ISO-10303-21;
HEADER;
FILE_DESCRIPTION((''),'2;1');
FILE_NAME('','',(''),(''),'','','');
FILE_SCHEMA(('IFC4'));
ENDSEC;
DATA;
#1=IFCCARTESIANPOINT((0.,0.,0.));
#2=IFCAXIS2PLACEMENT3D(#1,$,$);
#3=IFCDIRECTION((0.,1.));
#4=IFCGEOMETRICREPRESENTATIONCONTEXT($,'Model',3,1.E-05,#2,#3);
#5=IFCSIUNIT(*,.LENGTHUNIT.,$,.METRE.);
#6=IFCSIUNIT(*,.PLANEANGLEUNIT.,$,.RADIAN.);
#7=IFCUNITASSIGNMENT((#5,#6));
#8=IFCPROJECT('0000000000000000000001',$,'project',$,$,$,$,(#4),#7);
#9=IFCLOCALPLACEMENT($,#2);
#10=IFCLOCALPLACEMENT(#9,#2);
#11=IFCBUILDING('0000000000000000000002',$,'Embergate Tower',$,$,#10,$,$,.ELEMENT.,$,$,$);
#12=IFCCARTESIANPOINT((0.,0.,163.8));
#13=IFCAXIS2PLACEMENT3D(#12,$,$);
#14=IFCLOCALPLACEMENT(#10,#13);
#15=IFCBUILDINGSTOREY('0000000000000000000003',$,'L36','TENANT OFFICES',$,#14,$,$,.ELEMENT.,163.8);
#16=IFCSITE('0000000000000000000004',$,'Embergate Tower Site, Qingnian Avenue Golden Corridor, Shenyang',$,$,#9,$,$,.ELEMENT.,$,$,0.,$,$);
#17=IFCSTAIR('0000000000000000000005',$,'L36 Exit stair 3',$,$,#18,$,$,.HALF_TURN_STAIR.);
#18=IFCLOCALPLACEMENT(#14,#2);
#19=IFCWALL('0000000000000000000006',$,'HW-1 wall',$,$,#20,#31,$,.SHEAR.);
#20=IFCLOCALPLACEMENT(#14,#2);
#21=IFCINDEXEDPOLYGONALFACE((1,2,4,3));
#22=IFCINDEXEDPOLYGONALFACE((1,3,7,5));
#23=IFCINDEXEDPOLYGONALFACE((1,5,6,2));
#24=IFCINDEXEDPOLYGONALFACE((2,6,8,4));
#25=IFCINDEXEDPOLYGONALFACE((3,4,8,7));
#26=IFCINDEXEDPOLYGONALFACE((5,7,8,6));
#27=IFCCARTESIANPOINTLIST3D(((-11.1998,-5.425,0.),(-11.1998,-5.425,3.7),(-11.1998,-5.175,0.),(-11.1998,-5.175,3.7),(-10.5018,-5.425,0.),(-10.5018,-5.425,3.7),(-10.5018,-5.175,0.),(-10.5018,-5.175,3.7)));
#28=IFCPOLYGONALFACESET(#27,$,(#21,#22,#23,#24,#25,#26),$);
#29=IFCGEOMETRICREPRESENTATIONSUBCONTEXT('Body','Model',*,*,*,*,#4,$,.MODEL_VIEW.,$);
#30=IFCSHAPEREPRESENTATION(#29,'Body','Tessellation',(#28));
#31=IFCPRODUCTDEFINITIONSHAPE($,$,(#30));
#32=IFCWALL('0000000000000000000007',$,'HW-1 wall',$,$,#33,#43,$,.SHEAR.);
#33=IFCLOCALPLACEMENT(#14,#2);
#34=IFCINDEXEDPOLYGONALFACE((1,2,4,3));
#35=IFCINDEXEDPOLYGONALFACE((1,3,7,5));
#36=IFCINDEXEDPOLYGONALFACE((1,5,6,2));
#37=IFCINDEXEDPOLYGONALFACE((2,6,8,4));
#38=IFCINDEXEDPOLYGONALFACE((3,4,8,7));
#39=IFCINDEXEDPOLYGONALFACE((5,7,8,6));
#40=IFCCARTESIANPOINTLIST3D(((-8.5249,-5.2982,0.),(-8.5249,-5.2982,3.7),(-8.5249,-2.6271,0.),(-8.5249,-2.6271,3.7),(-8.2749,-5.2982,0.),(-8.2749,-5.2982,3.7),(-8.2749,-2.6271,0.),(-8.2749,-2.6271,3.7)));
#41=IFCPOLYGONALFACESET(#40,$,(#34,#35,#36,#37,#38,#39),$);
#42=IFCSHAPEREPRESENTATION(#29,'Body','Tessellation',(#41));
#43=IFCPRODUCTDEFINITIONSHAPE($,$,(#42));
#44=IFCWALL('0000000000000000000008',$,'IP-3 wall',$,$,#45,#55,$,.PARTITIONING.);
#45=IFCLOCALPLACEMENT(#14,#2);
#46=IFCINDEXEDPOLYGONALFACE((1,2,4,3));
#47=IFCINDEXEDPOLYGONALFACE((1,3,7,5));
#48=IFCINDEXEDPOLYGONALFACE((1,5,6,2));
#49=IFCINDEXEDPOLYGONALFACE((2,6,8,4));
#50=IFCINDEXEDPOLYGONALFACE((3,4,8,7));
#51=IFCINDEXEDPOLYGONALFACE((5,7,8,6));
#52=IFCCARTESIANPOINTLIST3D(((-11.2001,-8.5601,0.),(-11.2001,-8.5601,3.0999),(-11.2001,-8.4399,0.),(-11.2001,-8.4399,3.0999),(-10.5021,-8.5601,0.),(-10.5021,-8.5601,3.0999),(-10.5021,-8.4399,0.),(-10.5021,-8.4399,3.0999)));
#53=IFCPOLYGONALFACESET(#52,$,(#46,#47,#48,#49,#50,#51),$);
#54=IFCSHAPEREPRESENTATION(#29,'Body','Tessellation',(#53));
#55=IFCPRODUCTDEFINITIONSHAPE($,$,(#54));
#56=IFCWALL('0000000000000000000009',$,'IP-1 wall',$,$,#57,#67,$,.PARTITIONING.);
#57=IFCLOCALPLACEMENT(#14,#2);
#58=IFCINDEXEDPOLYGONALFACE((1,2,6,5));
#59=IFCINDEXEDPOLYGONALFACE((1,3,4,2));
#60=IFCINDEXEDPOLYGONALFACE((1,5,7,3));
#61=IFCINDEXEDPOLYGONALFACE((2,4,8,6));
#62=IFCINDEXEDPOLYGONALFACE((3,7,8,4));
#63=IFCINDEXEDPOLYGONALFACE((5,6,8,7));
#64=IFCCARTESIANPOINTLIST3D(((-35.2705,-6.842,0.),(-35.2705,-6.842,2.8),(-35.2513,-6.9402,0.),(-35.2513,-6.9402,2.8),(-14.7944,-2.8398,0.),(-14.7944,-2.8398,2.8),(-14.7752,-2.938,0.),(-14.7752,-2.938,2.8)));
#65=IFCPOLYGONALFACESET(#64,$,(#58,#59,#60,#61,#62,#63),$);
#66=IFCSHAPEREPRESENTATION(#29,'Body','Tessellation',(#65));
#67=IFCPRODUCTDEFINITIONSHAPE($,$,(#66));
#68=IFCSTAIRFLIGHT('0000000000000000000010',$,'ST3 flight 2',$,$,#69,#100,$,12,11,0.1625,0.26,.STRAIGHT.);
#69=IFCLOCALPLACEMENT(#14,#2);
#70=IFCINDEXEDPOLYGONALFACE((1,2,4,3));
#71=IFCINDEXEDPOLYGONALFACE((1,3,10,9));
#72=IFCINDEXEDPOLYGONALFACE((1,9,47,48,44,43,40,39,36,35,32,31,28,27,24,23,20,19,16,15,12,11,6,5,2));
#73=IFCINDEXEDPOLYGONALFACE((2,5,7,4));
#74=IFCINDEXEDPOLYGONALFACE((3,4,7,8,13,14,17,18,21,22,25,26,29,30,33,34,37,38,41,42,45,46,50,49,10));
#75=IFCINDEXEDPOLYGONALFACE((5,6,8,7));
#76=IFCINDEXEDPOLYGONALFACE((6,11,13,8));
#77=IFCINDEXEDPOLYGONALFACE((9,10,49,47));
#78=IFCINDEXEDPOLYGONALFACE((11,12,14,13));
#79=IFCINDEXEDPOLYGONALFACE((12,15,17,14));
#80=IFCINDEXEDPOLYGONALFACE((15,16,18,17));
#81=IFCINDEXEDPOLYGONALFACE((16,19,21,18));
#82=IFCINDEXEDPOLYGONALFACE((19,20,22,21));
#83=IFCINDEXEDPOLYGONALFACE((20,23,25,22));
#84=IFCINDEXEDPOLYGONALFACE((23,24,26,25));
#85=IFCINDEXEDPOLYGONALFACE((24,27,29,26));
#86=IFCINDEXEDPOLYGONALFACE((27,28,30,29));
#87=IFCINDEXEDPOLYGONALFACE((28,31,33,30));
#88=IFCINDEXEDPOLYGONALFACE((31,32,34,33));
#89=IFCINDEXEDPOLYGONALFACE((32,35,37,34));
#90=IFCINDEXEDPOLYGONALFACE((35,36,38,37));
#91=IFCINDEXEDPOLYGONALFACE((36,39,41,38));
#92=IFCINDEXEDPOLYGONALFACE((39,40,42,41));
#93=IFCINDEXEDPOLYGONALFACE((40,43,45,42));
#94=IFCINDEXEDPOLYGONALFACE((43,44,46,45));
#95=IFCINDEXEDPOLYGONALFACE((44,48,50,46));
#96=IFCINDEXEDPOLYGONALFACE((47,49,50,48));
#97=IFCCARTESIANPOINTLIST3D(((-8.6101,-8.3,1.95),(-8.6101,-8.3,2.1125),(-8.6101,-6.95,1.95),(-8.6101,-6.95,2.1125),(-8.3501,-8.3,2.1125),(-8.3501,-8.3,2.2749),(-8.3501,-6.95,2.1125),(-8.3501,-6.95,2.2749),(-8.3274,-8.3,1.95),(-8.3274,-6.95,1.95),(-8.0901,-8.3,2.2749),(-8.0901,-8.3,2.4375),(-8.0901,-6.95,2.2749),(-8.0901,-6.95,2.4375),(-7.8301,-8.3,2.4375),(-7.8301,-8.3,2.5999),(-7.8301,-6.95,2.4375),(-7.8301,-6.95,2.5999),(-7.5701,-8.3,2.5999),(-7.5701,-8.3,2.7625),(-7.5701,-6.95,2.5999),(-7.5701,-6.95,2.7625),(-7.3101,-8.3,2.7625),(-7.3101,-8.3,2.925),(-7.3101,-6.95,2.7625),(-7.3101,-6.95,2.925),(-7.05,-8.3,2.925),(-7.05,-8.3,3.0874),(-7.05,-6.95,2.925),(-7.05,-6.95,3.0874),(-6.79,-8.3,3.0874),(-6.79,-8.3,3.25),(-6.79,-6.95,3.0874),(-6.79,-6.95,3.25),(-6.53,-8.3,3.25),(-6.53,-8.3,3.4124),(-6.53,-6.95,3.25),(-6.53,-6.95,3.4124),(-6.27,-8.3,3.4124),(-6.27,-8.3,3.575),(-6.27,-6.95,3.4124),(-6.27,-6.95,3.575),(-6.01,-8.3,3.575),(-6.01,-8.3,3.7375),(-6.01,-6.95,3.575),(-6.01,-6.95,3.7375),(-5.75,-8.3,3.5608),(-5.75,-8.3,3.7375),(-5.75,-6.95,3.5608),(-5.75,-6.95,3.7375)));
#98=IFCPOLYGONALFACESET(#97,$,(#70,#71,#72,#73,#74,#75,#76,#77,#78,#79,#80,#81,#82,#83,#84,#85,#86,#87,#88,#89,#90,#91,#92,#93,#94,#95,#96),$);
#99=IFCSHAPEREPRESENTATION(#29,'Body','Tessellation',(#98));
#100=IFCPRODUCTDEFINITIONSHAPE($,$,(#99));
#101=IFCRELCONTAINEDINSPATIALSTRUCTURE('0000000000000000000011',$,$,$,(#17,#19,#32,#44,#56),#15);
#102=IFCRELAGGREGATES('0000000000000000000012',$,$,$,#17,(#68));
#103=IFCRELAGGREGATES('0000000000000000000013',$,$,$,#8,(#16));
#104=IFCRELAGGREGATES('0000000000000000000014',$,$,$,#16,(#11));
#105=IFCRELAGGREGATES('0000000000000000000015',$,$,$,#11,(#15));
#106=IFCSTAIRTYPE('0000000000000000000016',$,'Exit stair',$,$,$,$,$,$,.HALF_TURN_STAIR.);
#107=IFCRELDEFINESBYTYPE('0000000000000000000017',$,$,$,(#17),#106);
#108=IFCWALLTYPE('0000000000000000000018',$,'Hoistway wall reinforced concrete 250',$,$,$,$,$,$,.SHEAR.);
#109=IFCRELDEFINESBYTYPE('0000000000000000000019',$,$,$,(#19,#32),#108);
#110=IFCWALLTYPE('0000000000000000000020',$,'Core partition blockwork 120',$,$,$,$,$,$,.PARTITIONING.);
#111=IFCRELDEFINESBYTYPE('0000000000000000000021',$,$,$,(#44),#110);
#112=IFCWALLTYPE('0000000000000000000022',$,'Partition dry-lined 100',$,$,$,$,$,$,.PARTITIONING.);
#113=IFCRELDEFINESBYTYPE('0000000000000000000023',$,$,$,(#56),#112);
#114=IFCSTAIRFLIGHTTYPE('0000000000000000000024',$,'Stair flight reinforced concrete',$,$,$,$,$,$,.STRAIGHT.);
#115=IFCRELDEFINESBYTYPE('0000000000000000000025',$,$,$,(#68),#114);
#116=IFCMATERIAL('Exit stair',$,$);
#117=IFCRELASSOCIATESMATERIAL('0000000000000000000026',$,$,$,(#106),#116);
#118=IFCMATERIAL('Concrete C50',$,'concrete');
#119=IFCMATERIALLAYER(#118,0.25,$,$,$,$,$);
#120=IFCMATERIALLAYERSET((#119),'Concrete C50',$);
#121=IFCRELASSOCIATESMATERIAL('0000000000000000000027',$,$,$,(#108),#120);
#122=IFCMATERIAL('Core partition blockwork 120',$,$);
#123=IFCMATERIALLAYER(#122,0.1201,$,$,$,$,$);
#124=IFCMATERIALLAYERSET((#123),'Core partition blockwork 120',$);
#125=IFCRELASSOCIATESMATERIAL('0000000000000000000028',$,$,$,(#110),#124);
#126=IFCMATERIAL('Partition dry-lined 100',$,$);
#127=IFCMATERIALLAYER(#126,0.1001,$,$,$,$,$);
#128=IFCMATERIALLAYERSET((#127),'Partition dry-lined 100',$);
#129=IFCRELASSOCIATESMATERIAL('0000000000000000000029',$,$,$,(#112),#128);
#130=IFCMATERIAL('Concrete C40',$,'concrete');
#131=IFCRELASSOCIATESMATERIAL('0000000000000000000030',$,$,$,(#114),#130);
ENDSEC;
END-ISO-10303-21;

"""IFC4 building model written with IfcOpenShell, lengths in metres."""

from ifc_helpers import new_model, si_unit, direction, frame, frame_2d, origin, place, context, subcontext, project, spatial, polyline, rectangle, outline, extrude, source, transform, mapped, material, layer, layer_set, type_object, element, aggregate, save


model = new_model("IFC4")

# Units and contexts
model_context = context("Model", 3, precision=1e-05, world=origin(), true_north=direction((0.0, 1.0)))
body_context = subcontext(model_context, "Body", "Model", "MODEL_VIEW")
ifc_project = project(units=[si_unit("LENGTHUNIT", "METRE"), si_unit("PLANEANGLEUNIT", "RADIAN")], contexts=[model_context])

# Site, building, storey
site_placement = place(None, origin())
site = spatial("IfcSite", under=ifc_project, at=site_placement, Name="Embergate Tower Site, Qingnian Avenue Golden Corridor, Shenyang", CompositionType="ELEMENT", RefElevation=0.0)
building_placement = place(site_placement, origin())
building = spatial("IfcBuilding", under=site, at=building_placement, Name="Embergate Tower", CompositionType="ELEMENT")
storey_placement = place(building_placement, frame((0.0, 0.0, 163.8)))
storey = spatial("IfcBuildingStorey", under=building, at=storey_placement, Name="L36", Description="TENANT OFFICES", CompositionType="ELEMENT", Elevation=163.8)

# Stair
ifc_material_1 = material(Name="Exit stair")
stair_type = type_object("IfcStairType", Name="Exit stair", PredefinedType="HALF_TURN_STAIR", material=ifc_material_1)
stair_placement = place(storey_placement, origin())
stair = element("IfcStair", 1, at=stair_placement, inside=storey, type_object=stair_type, Name="L36 Exit stair 3", PredefinedType="HALF_TURN_STAIR")
ifc_material_2 = material(Name="Concrete C40", Category="concrete")

# Shared definitions
ifc_material_3 = material(Name="Concrete C50", Category="concrete")

# Shared definitions
ifc_layer_1 = layer(ifc_material_3, 0.25)
ifc_layer_set_1 = layer_set([ifc_layer_1], Name="Concrete C50")
wall_type_1 = type_object("IfcWallType", Name="Hoistway wall reinforced concrete 250", PredefinedType="SHEAR", material=ifc_layer_set_1)

# Walls
shared_shape_1 = source(origin(), body_context, "Body", "SweptSolid", [
    extrude(rectangle(XDim=0.698, YDim=0.25, at=frame_2d((0.3491, 0.0))), origin(), (0.0, 0.0, 1.0), 3.7),
])
wall_1_placement = place(storey_placement, frame((-11.2, -5.3, 0.0), z_axis=(0.0, 0.0, 1.0), x_axis=(1.0, 0.0, 0.0)))
element("IfcWall", 2, at=wall_1_placement, inside=storey, type_object=wall_type_1, Name="HW-1 wall", PredefinedType="SHEAR", context=body_context, shape_type="MappedRepresentation", body=[
    mapped(shared_shape_1, transform((0.0, 0.0, 0.0))),
])
shared_shape_2 = source(origin(), body_context, "Body", "SweptSolid", [
    extrude(rectangle(XDim=2.6711, YDim=0.25, at=frame_2d((1.3354, 0.0))), origin(), (0.0, 0.0, 1.0), 3.7),
])
wall_2_placement = place(storey_placement, frame((-8.3999, -5.2981, 0.0), z_axis=(0.0, 0.0, 1.0), x_axis=(0.0, 1.0, 0.0)))
element("IfcWall", 3, at=wall_2_placement, inside=storey, type_object=wall_type_1, Name="HW-1 wall", PredefinedType="SHEAR", context=body_context, shape_type="MappedRepresentation", body=[
    mapped(shared_shape_2, transform((0.0, 0.0, 0.0))),
])
ifc_material_4 = material(Name="Core partition blockwork 120")
ifc_layer_2 = layer(ifc_material_4, 0.1201)
ifc_layer_set_2 = layer_set([ifc_layer_2], Name="Core partition blockwork 120")
wall_type_2 = type_object("IfcWallType", Name="Core partition blockwork 120", PredefinedType="PARTITIONING", material=ifc_layer_set_2)
shared_shape_3 = source(origin(), body_context, "Body", "SweptSolid", [
    extrude(rectangle(XDim=0.698, YDim=0.1201, at=frame_2d((0.3491, 0.0))), origin(), (0.0, 0.0, 1.0), 3.0999),
])
wall_3_placement = place(storey_placement, frame((-10.502, -8.5, 0.0), z_axis=(0.0, 0.0, 1.0), x_axis=(-1.0, 0.0, 0.0)))
element("IfcWall", 4, at=wall_3_placement, inside=storey, type_object=wall_type_2, Name="IP-3 wall", PredefinedType="PARTITIONING", context=body_context, shape_type="MappedRepresentation", body=[
    mapped(shared_shape_3, transform((0.0, 0.0, 0.0))),
])
ifc_material_5 = material(Name="Partition dry-lined 100")
ifc_layer_3 = layer(ifc_material_5, 0.1001)
ifc_layer_set_3 = layer_set([ifc_layer_3], Name="Partition dry-lined 100")
wall_type_3 = type_object("IfcWallType", Name="Partition dry-lined 100", PredefinedType="PARTITIONING", material=ifc_layer_set_3)
shared_shape_4 = source(origin(), body_context, "Body", "SweptSolid", [
    extrude(rectangle(XDim=20.8635, YDim=0.1001, at=frame_2d((10.4316, 0.0))), origin(), (0.0, 0.0, 1.0), 2.8),
])
wall_4_placement = place(storey_placement, frame((-14.7849, -2.8889, 0.0), z_axis=(0.0, 0.0, 1.0), x_axis=(-0.981429, -0.191827, 0.0)))
element("IfcWall", 5, at=wall_4_placement, inside=storey, type_object=wall_type_3, Name="IP-1 wall", PredefinedType="PARTITIONING", context=body_context, shape_type="MappedRepresentation", body=[
    mapped(shared_shape_4, transform((0.0, 0.0, 0.0))),
])

# Stair flight
stair_flight_type = type_object("IfcStairFlightType", Name="Stair flight reinforced concrete", PredefinedType="STRAIGHT", material=ifc_material_2)
shared_shape_5 = source(origin(), body_context, "Body", "SweptSolid", [
    extrude(outline(polyline([(0.0, 0.0), (0.0, 0.1626), (0.26, 0.1626), (0.26, 0.325), (0.52, 0.325), (0.52, 0.4875), (0.78, 0.4875), (0.78, 0.6499), (1.04, 0.6499), (1.04, 0.8125), (1.3, 0.8125), (1.3, 0.9751), (1.5601, 0.9751), (1.5601, 1.1375), (1.8201, 1.1375), (1.8201, 1.3), (2.0801, 1.3), (2.0801, 1.4624), (2.3401, 1.4624), (2.3401, 1.625), (2.6001, 1.625), (2.6001, 1.7876), (2.8601, 1.7876), (2.8601, 1.95), (2.8601, 1.6108), (0.2827, 0.0), (0.0, 0.0)])), frame((0.0, 0.675, 0.0), z_axis=(0.0, -1.0, 0.0), x_axis=(1.0, 0.0, 0.0)), (0.0, 0.0, 1.0), 1.3501),
])
stair_flight_placement = place(storey_placement, frame((-8.6101, -7.625, 1.95), z_axis=(0.0, 0.0, 1.0), x_axis=(1.0, 0.0, 0.0)))
stair_flight = element("IfcStairFlight", 6, at=stair_flight_placement, type_object=stair_flight_type, Name="ST3 flight 2", NumberOfRisers=12, NumberOfTreads=11, PredefinedType="STRAIGHT", RiserHeight=0.1625, TreadLength=0.26, context=body_context, shape_type="MappedRepresentation", body=[
    mapped(shared_shape_5, transform((0.0, 0.0, 0.0))),
])
aggregate(stair, [stair_flight])

save(model, "model.ifc")
